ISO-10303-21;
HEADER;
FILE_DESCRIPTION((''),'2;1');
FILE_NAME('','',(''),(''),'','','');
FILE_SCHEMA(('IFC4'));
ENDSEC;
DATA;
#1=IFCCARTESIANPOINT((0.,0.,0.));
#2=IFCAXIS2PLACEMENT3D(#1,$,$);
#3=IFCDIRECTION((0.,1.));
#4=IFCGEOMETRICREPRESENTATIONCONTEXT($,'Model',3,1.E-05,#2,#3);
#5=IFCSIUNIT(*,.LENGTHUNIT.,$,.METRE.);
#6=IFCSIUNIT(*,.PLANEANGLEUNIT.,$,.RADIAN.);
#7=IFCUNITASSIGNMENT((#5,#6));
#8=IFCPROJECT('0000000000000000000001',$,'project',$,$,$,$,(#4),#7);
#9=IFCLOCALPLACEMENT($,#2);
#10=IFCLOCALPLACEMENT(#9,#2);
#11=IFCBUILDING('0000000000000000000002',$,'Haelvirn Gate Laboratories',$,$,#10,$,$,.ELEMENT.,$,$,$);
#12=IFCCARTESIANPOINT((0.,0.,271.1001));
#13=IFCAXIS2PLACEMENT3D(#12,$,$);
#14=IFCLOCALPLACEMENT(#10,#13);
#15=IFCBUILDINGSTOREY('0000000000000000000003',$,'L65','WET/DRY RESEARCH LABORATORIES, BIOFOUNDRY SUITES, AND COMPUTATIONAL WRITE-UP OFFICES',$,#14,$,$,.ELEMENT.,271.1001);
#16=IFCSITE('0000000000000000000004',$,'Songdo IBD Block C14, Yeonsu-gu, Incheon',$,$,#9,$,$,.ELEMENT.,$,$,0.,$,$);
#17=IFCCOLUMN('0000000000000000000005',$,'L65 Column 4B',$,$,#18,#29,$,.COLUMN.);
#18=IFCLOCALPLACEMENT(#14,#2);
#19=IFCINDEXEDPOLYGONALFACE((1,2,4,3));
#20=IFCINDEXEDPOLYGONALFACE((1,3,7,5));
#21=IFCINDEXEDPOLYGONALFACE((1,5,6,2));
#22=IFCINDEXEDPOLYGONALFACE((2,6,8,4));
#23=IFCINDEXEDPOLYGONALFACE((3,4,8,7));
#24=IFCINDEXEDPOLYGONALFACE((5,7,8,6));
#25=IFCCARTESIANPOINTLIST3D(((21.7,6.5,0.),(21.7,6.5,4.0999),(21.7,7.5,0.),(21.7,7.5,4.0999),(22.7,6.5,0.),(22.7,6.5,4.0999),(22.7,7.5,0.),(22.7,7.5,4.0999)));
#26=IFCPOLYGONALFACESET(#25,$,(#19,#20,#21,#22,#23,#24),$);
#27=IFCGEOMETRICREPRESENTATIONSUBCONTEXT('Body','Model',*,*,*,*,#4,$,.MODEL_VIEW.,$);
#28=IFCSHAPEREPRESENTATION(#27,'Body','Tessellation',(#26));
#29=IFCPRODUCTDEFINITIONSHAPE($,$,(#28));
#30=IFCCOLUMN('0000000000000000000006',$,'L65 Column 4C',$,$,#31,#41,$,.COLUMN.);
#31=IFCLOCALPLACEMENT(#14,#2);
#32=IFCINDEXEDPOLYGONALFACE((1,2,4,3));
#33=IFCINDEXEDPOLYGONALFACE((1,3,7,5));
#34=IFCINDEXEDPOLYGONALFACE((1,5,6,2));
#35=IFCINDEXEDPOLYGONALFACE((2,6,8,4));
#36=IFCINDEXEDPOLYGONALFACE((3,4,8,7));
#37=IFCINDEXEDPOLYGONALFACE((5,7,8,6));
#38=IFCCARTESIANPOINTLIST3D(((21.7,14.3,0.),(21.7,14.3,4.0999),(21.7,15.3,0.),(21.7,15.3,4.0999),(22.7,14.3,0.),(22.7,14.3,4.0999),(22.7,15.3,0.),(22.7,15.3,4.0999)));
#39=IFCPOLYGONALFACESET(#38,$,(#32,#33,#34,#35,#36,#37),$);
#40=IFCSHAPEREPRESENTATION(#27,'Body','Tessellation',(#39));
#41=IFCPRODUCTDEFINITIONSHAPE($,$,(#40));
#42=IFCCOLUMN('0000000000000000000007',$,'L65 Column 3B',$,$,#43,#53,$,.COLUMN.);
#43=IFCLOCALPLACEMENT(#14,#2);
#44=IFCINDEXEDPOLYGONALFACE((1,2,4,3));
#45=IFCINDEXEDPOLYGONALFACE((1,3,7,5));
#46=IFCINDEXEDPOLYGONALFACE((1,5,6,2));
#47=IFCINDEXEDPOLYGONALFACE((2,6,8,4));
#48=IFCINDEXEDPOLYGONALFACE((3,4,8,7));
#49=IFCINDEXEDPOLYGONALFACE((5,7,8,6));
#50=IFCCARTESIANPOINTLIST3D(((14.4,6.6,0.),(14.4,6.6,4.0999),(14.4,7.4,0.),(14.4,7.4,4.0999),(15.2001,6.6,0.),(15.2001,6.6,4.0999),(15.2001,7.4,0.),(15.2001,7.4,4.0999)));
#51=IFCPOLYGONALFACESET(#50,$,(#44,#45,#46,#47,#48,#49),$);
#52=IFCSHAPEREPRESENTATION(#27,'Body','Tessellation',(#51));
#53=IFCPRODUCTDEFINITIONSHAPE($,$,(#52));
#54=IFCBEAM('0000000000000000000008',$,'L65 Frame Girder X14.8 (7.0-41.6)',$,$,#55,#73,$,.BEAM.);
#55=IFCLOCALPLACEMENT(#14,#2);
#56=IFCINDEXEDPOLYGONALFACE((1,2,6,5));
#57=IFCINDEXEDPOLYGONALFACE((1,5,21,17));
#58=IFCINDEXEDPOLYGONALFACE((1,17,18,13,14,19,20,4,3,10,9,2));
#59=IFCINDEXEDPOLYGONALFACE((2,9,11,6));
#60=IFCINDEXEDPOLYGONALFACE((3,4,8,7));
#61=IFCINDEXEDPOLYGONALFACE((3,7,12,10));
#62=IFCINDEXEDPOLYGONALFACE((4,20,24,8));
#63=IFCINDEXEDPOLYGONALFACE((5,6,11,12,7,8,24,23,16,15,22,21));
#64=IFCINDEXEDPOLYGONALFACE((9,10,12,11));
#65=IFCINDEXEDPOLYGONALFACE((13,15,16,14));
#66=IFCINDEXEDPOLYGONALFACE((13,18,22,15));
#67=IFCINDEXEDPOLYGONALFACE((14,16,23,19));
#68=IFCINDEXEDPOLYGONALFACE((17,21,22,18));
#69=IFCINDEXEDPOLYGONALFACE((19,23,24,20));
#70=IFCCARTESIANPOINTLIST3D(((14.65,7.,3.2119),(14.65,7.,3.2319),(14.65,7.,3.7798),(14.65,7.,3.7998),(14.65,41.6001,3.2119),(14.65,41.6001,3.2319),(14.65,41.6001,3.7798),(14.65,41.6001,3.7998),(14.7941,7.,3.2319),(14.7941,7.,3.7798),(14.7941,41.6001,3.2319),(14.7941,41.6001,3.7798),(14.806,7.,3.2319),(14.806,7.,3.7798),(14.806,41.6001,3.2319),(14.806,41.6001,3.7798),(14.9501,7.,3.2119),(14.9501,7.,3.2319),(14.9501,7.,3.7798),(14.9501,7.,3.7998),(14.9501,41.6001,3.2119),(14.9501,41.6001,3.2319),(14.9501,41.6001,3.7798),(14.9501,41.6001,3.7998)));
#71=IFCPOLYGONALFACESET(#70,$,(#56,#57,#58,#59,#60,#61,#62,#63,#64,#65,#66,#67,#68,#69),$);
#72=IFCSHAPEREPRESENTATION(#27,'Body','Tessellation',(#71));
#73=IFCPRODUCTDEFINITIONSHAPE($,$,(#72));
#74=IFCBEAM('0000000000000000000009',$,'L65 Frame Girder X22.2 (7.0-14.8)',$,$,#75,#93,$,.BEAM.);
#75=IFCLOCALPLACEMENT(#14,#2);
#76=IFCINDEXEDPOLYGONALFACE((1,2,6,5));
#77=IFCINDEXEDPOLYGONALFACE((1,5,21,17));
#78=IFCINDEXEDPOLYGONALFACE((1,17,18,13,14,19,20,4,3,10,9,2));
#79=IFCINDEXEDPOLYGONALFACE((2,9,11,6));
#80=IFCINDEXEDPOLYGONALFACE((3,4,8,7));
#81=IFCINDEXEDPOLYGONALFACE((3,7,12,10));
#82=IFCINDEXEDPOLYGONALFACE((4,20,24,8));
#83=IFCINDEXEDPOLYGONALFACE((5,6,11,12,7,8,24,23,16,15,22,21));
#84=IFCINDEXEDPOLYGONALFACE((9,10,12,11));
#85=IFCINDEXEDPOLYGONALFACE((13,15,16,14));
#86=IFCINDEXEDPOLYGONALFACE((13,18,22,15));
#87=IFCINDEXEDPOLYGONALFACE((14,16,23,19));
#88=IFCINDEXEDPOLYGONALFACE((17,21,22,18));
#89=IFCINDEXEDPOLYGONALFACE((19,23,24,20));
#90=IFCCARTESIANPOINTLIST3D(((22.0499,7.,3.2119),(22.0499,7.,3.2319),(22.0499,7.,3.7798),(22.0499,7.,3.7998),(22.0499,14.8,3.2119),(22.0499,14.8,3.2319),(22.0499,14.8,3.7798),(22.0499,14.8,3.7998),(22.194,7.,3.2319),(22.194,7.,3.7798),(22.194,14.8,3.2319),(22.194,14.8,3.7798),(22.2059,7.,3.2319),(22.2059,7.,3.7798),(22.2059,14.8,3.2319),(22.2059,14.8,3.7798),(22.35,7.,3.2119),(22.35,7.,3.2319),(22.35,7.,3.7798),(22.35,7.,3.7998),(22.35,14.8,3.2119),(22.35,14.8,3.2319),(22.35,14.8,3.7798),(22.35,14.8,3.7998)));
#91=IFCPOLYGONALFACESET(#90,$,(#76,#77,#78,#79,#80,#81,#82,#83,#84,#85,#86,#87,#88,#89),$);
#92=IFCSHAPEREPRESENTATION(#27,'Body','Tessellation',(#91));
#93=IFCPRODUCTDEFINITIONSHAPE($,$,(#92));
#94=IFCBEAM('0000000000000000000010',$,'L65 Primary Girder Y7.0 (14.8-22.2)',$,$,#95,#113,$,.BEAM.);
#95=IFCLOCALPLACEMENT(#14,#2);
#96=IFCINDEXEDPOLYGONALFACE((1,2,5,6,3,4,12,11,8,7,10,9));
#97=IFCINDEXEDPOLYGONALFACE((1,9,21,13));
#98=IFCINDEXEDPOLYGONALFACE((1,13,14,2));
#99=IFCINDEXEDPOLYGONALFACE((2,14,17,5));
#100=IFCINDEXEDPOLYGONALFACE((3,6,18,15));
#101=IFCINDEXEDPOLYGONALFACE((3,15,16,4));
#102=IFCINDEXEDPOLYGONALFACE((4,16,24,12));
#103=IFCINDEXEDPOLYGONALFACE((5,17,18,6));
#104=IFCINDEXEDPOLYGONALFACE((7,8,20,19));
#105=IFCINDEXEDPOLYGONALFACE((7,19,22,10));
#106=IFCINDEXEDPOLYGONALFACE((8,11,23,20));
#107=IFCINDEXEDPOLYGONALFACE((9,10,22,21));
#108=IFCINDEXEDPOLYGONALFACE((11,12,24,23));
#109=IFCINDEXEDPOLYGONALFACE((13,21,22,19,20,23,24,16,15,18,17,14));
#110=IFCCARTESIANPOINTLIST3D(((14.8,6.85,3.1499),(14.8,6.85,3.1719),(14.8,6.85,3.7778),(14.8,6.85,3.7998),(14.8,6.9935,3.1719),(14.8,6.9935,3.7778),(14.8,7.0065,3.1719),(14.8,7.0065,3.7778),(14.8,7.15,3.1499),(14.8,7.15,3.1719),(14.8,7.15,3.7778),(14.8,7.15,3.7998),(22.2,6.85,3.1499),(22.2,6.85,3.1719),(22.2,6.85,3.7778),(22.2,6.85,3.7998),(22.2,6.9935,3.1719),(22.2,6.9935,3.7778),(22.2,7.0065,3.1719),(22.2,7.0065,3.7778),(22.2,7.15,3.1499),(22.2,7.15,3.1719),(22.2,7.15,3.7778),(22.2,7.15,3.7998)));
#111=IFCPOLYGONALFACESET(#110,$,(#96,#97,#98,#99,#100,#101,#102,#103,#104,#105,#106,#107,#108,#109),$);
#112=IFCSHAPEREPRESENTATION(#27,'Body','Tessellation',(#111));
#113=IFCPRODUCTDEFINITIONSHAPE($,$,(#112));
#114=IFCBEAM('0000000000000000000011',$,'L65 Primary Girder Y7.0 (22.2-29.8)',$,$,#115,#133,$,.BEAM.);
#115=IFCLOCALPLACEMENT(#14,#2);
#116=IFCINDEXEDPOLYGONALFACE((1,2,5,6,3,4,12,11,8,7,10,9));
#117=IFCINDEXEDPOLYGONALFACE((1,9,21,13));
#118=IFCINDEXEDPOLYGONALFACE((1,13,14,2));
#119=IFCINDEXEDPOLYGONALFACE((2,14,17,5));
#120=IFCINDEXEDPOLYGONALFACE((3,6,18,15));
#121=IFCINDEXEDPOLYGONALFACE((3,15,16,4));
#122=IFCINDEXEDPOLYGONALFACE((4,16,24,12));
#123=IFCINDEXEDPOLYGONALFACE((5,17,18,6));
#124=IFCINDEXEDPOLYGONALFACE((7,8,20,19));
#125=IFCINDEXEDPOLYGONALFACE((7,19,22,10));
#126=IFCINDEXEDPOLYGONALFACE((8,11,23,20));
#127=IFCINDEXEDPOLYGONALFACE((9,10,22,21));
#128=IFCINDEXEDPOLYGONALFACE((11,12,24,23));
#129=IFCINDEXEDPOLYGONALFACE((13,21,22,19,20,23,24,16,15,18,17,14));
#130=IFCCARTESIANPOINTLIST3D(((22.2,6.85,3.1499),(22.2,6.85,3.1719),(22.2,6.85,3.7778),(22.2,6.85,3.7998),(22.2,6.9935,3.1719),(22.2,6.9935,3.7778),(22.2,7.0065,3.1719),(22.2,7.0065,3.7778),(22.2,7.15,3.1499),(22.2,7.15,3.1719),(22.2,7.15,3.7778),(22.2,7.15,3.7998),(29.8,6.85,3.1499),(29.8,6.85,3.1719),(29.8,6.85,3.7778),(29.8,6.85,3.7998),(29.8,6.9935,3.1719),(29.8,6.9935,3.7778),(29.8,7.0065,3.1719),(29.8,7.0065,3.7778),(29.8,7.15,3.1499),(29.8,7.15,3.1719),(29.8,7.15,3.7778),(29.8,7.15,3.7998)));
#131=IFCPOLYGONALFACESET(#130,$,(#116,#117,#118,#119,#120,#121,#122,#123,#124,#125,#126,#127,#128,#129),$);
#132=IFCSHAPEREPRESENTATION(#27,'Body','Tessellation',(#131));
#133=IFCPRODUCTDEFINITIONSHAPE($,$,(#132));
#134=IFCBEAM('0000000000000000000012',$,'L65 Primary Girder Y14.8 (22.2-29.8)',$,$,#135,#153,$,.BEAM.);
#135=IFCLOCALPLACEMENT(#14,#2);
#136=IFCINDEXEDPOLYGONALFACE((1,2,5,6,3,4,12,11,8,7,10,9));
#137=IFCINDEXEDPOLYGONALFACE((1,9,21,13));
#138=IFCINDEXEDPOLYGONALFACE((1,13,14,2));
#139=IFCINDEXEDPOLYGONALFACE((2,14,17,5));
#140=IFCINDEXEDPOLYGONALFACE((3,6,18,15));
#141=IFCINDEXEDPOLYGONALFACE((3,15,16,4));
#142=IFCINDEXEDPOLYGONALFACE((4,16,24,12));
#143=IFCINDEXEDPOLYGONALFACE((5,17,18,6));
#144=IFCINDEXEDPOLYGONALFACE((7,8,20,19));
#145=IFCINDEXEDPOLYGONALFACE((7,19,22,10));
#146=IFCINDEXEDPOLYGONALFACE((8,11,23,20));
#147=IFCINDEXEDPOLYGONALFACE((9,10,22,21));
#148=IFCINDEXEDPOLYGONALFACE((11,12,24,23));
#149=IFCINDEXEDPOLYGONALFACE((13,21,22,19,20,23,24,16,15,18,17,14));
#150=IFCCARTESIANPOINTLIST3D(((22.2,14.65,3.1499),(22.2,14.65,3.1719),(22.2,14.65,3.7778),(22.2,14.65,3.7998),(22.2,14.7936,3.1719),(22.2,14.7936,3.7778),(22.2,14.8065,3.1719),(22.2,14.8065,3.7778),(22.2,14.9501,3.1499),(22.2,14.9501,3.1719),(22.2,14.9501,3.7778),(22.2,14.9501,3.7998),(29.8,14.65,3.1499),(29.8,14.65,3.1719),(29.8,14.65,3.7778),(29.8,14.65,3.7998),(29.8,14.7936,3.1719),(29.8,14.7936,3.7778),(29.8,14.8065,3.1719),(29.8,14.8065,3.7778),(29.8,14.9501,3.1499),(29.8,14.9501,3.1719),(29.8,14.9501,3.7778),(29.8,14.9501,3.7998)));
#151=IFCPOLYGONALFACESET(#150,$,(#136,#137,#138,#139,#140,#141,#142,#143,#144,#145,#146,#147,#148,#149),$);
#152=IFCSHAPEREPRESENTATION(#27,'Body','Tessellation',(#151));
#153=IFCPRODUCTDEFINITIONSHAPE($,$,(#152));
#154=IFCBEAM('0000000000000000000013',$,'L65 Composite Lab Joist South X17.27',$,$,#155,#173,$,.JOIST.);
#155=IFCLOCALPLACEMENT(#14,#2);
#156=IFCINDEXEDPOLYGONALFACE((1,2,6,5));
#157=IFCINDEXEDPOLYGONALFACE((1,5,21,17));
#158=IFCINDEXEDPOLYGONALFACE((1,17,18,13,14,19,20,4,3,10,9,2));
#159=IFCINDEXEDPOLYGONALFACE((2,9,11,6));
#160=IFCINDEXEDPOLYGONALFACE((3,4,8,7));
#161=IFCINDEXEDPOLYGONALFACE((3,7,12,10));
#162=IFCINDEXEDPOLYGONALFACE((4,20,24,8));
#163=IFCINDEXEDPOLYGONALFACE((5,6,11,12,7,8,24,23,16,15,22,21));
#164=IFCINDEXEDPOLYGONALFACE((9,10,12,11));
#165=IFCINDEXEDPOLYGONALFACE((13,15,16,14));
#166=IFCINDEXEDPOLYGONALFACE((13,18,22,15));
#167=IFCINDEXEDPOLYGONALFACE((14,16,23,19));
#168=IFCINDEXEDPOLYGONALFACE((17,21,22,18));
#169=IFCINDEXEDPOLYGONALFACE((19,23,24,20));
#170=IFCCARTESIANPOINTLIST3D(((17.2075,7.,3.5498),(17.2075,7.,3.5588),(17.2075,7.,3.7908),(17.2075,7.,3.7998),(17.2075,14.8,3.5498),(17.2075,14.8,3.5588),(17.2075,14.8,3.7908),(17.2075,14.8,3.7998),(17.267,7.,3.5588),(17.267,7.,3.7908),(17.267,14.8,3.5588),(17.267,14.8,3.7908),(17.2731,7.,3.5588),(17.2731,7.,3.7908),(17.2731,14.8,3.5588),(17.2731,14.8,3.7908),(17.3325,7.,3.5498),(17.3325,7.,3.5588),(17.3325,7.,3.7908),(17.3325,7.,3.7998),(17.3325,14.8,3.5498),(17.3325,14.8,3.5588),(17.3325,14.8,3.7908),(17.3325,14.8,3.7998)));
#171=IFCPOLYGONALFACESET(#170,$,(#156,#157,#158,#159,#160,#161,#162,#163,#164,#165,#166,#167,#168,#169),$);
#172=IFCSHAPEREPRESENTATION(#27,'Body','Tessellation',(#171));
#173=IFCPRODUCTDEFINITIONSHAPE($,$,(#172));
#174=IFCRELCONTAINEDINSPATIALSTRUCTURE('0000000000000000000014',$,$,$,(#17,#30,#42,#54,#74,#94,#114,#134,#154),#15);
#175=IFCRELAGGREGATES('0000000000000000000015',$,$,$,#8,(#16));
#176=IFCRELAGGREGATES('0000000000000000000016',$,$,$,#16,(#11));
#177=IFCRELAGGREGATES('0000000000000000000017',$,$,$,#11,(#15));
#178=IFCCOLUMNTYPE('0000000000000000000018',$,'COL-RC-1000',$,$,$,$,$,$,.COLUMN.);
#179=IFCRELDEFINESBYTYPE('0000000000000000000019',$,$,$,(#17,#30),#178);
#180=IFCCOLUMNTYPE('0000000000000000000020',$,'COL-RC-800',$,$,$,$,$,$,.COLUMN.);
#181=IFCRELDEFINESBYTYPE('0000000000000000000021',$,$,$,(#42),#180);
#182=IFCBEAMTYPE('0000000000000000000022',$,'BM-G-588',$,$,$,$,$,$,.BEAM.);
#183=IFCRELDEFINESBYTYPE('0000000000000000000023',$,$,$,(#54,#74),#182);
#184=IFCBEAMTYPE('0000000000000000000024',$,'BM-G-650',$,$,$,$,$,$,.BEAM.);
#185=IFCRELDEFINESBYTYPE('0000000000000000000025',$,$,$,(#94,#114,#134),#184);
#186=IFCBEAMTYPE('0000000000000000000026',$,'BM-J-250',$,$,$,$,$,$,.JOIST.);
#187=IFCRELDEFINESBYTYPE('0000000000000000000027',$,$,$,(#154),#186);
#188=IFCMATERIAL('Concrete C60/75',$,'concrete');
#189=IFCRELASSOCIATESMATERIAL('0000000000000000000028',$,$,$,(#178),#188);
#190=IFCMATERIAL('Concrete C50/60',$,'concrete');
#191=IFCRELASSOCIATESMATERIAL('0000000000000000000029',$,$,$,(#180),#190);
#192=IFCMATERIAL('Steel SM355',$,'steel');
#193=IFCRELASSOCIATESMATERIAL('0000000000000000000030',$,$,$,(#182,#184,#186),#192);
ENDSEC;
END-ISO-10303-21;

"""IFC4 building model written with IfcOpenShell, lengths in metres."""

from ifc_helpers import new_model, si_unit, direction, frame, origin, origin_2d, place, context, subcontext, project, spatial, rectangle, i_section, extrude, source, transform, mapped, material, material_profile, profile_set, type_object, type_shapes, element, save


model = new_model("IFC4")

# Units and contexts
model_context = context("Model", 3, precision=1e-05, world=origin(), true_north=direction((0.0, 1.0)))
body_context = subcontext(model_context, "Body", "Model", "MODEL_VIEW")
ifc_project = project(units=[si_unit("LENGTHUNIT", "METRE"), si_unit("PLANEANGLEUNIT", "RADIAN")], contexts=[model_context])

# Site, building, storey
site_placement = place(None, origin())
site = spatial("IfcSite", under=ifc_project, at=site_placement, Name="Songdo IBD Block C14, Yeonsu-gu, Incheon", CompositionType="ELEMENT", RefElevation=0.0)
building_placement = place(site_placement, origin())
building = spatial("IfcBuilding", under=site, at=building_placement, Name="Haelvirn Gate Laboratories", CompositionType="ELEMENT")
storey_placement = place(building_placement, frame((0.0, 0.0, 271.1001)))
storey = spatial("IfcBuildingStorey", under=building, at=storey_placement, Name="L65", Description="WET/DRY RESEARCH LABORATORIES, BIOFOUNDRY SUITES, AND COMPUTATIONAL WRITE-UP OFFICES", CompositionType="ELEMENT", Elevation=271.1001)

# Columns
ifc_material_1 = material(Name="Concrete C60/75", Category="concrete")
ifc_material_profile_1 = material_profile(ifc_material_1, rectangle(XDim=1.0, YDim=1.0, at=origin_2d()), Name="RC-1000x1000")
ifc_profile_set_1 = profile_set([ifc_material_profile_1], Name="Concrete C60/75")
column_type_1 = type_object("IfcColumnType", Name="COL-RC-1000", PredefinedType="COLUMN", material=ifc_profile_set_1)
shared_shape_1 = source(origin(), body_context, "Body", "SweptSolid", [
    extrude(rectangle(XDim=1.0, YDim=1.0, at=origin_2d()), origin(), (0.0, 0.0, 1.0), 4.0999),
])
type_shapes(column_type_1, [shared_shape_1])
for number, where, z_axis, x_axis, name in (
    (1, (22.2, 7.0, 0.0), (0.0, 0.0, 1.0), (1.0, 0.0, 0.0), "L65 Column 4B"),
    (2, (22.2, 14.8, 0.0), (0.0, 0.0, 1.0), (1.0, 0.0, 0.0), "L65 Column 4C"),
):
    element("IfcColumn", number, at=place(storey_placement, frame(where, z_axis=z_axis, x_axis=x_axis)), inside=storey, type_object=column_type_1, Name=name, PredefinedType="COLUMN", context=body_context, shape_type="MappedRepresentation", body=[
        mapped(shared_shape_1, transform((0.0, 0.0, 0.0), scale=1.0)),
    ])
ifc_material_2 = material(Name="Concrete C50/60", Category="concrete")
ifc_material_profile_2 = material_profile(ifc_material_2, rectangle(XDim=0.8, YDim=0.8, at=origin_2d()), Name="RC-800x800")
ifc_profile_set_2 = profile_set([ifc_material_profile_2], Name="Concrete C50/60")
column_type_2 = type_object("IfcColumnType", Name="COL-RC-800", PredefinedType="COLUMN", material=ifc_profile_set_2)
shared_shape_2 = source(origin(), body_context, "Body", "SweptSolid", [
    extrude(rectangle(XDim=0.8, YDim=0.8, at=origin_2d()), origin(), (0.0, 0.0, 1.0), 4.0999),
])
type_shapes(column_type_2, [shared_shape_2])
column_placement = place(storey_placement, frame((14.8, 7.0, 0.0), z_axis=(0.0, 0.0, 1.0), x_axis=(1.0, 0.0, 0.0)))
element("IfcColumn", 3, at=column_placement, inside=storey, type_object=column_type_2, Name="L65 Column 3B", PredefinedType="COLUMN", context=body_context, shape_type="MappedRepresentation", body=[
    mapped(shared_shape_2, transform((0.0, 0.0, 0.0), scale=1.0)),
])

# Beams
ifc_material_3 = material(Name="Steel SM355", Category="steel")
ifc_material_profile_3 = material_profile(ifc_material_3, i_section(OverallWidth=0.3, OverallDepth=0.5879, WebThickness=0.012, FlangeThickness=0.02, at=origin_2d()), Name="H-588x300x12x20")
ifc_profile_set_3 = profile_set([ifc_material_profile_3], Name="Steel SM355")
beam_type_1 = type_object("IfcBeamType", Name="BM-G-588", PredefinedType="BEAM", material=ifc_profile_set_3)
shared_shape_3 = source(origin(), body_context, "Body", "SweptSolid", [
    extrude(i_section(OverallWidth=0.3, OverallDepth=0.5879, WebThickness=0.012, FlangeThickness=0.02, at=origin_2d()), origin(), (0.0, 0.0, 1.0), 34.6001),
])
beam_1_placement = place(storey_placement, frame((14.8, 7.0, 3.5059), z_axis=(0.0, 1.0, 0.0), x_axis=(-1.0, 0.0, 0.0)))
element("IfcBeam", 4, at=beam_1_placement, inside=storey, type_object=beam_type_1, Name="L65 Frame Girder X14.8 (7.0-41.6)", PredefinedType="BEAM", context=body_context, shape_type="MappedRepresentation", body=[
    mapped(shared_shape_3, transform((0.0, 0.0, 0.0), scale=1.0)),
])
shared_shape_4 = source(origin(), body_context, "Body", "SweptSolid", [
    extrude(i_section(OverallWidth=0.3, OverallDepth=0.5879, WebThickness=0.012, FlangeThickness=0.02, at=origin_2d()), origin(), (0.0, 0.0, 1.0), 7.8),
])
type_shapes(beam_type_1, [shared_shape_3, shared_shape_4])
beam_2_placement = place(storey_placement, frame((22.2, 7.0, 3.5059), z_axis=(0.0, 1.0, 0.0), x_axis=(-1.0, 0.0, 0.0)))
element("IfcBeam", 5, at=beam_2_placement, inside=storey, type_object=beam_type_1, Name="L65 Frame Girder X22.2 (7.0-14.8)", PredefinedType="BEAM", context=body_context, shape_type="MappedRepresentation", body=[
    mapped(shared_shape_4, transform((0.0, 0.0, 0.0), scale=1.0)),
])
ifc_material_profile_4 = material_profile(ifc_material_3, i_section(OverallWidth=0.3, OverallDepth=0.6499, WebThickness=0.0129, FlangeThickness=0.022, at=origin_2d()), Name="H-650x300x13x22")
ifc_profile_set_4 = profile_set([ifc_material_profile_4], Name="Steel SM355")
beam_type_2 = type_object("IfcBeamType", Name="BM-G-650", PredefinedType="BEAM", material=ifc_profile_set_4)
shared_shape_5 = source(origin(), body_context, "Body", "SweptSolid", [
    extrude(i_section(OverallWidth=0.3, OverallDepth=0.6499, WebThickness=0.0129, FlangeThickness=0.022, at=origin_2d()), origin(), (0.0, 0.0, 1.0), 7.3999),
])
beam_3_placement = place(storey_placement, frame((14.8, 7.0, 3.4749), z_axis=(1.0, 0.0, 0.0), x_axis=(0.0, 1.0, 0.0)))
element("IfcBeam", 6, at=beam_3_placement, inside=storey, type_object=beam_type_2, Name="L65 Primary Girder Y7.0 (14.8-22.2)", PredefinedType="BEAM", context=body_context, shape_type="MappedRepresentation", body=[
    mapped(shared_shape_5, transform((0.0, 0.0, 0.0), scale=1.0)),
])
shared_shape_6 = source(origin(), body_context, "Body", "SweptSolid", [
    extrude(i_section(OverallWidth=0.3, OverallDepth=0.6499, WebThickness=0.0129, FlangeThickness=0.022, at=origin_2d()), origin(), (0.0, 0.0, 1.0), 7.6001),
])
type_shapes(beam_type_2, [shared_shape_5, shared_shape_6])
for number, where, z_axis, x_axis, name in (
    (7, (22.2, 7.0, 3.4749), (1.0, 0.0, 0.0), (0.0, 1.0, 0.0), "L65 Primary Girder Y7.0 (22.2-29.8)"),
    (8, (22.2, 14.8, 3.4749), (1.0, 0.0, 0.0), (0.0, 1.0, 0.0), "L65 Primary Girder Y14.8 (22.2-29.8)"),
):
    element("IfcBeam", number, at=place(storey_placement, frame(where, z_axis=z_axis, x_axis=x_axis)), inside=storey, type_object=beam_type_2, Name=name, PredefinedType="BEAM", context=body_context, shape_type="MappedRepresentation", body=[
        mapped(shared_shape_6, transform((0.0, 0.0, 0.0), scale=1.0)),
    ])
ifc_material_profile_5 = material_profile(ifc_material_3, i_section(OverallWidth=0.125, OverallDepth=0.25, WebThickness=0.0061, FlangeThickness=0.009, at=origin_2d()), Name="H-250x125x6x9")
ifc_profile_set_5 = profile_set([ifc_material_profile_5], Name="Steel SM355")
beam_type_3 = type_object("IfcBeamType", Name="BM-J-250", PredefinedType="JOIST", material=ifc_profile_set_5)
shared_shape_7 = source(origin(), body_context, "Body", "SweptSolid", [
    extrude(i_section(OverallWidth=0.125, OverallDepth=0.25, WebThickness=0.0061, FlangeThickness=0.009, at=origin_2d()), origin(), (0.0, 0.0, 1.0), 7.8),
])
type_shapes(beam_type_3, [shared_shape_7])
for number, where, z_axis, x_axis, name in (
    (9, (17.27, 7.0, 3.6748), (0.0, 1.0, 0.0), (-1.0, 0.0, 0.0), "L65 Composite Lab Joist South X17.27"),
):
    element("IfcBeam", number, at=place(storey_placement, frame(where, z_axis=z_axis, x_axis=x_axis)), inside=storey, type_object=beam_type_3, Name=name, PredefinedType="JOIST", context=body_context, shape_type="MappedRepresentation", body=[
        mapped(shared_shape_7, transform((0.0, 0.0, 0.0), scale=1.0)),
    ])

save(model, "model.ifc")
